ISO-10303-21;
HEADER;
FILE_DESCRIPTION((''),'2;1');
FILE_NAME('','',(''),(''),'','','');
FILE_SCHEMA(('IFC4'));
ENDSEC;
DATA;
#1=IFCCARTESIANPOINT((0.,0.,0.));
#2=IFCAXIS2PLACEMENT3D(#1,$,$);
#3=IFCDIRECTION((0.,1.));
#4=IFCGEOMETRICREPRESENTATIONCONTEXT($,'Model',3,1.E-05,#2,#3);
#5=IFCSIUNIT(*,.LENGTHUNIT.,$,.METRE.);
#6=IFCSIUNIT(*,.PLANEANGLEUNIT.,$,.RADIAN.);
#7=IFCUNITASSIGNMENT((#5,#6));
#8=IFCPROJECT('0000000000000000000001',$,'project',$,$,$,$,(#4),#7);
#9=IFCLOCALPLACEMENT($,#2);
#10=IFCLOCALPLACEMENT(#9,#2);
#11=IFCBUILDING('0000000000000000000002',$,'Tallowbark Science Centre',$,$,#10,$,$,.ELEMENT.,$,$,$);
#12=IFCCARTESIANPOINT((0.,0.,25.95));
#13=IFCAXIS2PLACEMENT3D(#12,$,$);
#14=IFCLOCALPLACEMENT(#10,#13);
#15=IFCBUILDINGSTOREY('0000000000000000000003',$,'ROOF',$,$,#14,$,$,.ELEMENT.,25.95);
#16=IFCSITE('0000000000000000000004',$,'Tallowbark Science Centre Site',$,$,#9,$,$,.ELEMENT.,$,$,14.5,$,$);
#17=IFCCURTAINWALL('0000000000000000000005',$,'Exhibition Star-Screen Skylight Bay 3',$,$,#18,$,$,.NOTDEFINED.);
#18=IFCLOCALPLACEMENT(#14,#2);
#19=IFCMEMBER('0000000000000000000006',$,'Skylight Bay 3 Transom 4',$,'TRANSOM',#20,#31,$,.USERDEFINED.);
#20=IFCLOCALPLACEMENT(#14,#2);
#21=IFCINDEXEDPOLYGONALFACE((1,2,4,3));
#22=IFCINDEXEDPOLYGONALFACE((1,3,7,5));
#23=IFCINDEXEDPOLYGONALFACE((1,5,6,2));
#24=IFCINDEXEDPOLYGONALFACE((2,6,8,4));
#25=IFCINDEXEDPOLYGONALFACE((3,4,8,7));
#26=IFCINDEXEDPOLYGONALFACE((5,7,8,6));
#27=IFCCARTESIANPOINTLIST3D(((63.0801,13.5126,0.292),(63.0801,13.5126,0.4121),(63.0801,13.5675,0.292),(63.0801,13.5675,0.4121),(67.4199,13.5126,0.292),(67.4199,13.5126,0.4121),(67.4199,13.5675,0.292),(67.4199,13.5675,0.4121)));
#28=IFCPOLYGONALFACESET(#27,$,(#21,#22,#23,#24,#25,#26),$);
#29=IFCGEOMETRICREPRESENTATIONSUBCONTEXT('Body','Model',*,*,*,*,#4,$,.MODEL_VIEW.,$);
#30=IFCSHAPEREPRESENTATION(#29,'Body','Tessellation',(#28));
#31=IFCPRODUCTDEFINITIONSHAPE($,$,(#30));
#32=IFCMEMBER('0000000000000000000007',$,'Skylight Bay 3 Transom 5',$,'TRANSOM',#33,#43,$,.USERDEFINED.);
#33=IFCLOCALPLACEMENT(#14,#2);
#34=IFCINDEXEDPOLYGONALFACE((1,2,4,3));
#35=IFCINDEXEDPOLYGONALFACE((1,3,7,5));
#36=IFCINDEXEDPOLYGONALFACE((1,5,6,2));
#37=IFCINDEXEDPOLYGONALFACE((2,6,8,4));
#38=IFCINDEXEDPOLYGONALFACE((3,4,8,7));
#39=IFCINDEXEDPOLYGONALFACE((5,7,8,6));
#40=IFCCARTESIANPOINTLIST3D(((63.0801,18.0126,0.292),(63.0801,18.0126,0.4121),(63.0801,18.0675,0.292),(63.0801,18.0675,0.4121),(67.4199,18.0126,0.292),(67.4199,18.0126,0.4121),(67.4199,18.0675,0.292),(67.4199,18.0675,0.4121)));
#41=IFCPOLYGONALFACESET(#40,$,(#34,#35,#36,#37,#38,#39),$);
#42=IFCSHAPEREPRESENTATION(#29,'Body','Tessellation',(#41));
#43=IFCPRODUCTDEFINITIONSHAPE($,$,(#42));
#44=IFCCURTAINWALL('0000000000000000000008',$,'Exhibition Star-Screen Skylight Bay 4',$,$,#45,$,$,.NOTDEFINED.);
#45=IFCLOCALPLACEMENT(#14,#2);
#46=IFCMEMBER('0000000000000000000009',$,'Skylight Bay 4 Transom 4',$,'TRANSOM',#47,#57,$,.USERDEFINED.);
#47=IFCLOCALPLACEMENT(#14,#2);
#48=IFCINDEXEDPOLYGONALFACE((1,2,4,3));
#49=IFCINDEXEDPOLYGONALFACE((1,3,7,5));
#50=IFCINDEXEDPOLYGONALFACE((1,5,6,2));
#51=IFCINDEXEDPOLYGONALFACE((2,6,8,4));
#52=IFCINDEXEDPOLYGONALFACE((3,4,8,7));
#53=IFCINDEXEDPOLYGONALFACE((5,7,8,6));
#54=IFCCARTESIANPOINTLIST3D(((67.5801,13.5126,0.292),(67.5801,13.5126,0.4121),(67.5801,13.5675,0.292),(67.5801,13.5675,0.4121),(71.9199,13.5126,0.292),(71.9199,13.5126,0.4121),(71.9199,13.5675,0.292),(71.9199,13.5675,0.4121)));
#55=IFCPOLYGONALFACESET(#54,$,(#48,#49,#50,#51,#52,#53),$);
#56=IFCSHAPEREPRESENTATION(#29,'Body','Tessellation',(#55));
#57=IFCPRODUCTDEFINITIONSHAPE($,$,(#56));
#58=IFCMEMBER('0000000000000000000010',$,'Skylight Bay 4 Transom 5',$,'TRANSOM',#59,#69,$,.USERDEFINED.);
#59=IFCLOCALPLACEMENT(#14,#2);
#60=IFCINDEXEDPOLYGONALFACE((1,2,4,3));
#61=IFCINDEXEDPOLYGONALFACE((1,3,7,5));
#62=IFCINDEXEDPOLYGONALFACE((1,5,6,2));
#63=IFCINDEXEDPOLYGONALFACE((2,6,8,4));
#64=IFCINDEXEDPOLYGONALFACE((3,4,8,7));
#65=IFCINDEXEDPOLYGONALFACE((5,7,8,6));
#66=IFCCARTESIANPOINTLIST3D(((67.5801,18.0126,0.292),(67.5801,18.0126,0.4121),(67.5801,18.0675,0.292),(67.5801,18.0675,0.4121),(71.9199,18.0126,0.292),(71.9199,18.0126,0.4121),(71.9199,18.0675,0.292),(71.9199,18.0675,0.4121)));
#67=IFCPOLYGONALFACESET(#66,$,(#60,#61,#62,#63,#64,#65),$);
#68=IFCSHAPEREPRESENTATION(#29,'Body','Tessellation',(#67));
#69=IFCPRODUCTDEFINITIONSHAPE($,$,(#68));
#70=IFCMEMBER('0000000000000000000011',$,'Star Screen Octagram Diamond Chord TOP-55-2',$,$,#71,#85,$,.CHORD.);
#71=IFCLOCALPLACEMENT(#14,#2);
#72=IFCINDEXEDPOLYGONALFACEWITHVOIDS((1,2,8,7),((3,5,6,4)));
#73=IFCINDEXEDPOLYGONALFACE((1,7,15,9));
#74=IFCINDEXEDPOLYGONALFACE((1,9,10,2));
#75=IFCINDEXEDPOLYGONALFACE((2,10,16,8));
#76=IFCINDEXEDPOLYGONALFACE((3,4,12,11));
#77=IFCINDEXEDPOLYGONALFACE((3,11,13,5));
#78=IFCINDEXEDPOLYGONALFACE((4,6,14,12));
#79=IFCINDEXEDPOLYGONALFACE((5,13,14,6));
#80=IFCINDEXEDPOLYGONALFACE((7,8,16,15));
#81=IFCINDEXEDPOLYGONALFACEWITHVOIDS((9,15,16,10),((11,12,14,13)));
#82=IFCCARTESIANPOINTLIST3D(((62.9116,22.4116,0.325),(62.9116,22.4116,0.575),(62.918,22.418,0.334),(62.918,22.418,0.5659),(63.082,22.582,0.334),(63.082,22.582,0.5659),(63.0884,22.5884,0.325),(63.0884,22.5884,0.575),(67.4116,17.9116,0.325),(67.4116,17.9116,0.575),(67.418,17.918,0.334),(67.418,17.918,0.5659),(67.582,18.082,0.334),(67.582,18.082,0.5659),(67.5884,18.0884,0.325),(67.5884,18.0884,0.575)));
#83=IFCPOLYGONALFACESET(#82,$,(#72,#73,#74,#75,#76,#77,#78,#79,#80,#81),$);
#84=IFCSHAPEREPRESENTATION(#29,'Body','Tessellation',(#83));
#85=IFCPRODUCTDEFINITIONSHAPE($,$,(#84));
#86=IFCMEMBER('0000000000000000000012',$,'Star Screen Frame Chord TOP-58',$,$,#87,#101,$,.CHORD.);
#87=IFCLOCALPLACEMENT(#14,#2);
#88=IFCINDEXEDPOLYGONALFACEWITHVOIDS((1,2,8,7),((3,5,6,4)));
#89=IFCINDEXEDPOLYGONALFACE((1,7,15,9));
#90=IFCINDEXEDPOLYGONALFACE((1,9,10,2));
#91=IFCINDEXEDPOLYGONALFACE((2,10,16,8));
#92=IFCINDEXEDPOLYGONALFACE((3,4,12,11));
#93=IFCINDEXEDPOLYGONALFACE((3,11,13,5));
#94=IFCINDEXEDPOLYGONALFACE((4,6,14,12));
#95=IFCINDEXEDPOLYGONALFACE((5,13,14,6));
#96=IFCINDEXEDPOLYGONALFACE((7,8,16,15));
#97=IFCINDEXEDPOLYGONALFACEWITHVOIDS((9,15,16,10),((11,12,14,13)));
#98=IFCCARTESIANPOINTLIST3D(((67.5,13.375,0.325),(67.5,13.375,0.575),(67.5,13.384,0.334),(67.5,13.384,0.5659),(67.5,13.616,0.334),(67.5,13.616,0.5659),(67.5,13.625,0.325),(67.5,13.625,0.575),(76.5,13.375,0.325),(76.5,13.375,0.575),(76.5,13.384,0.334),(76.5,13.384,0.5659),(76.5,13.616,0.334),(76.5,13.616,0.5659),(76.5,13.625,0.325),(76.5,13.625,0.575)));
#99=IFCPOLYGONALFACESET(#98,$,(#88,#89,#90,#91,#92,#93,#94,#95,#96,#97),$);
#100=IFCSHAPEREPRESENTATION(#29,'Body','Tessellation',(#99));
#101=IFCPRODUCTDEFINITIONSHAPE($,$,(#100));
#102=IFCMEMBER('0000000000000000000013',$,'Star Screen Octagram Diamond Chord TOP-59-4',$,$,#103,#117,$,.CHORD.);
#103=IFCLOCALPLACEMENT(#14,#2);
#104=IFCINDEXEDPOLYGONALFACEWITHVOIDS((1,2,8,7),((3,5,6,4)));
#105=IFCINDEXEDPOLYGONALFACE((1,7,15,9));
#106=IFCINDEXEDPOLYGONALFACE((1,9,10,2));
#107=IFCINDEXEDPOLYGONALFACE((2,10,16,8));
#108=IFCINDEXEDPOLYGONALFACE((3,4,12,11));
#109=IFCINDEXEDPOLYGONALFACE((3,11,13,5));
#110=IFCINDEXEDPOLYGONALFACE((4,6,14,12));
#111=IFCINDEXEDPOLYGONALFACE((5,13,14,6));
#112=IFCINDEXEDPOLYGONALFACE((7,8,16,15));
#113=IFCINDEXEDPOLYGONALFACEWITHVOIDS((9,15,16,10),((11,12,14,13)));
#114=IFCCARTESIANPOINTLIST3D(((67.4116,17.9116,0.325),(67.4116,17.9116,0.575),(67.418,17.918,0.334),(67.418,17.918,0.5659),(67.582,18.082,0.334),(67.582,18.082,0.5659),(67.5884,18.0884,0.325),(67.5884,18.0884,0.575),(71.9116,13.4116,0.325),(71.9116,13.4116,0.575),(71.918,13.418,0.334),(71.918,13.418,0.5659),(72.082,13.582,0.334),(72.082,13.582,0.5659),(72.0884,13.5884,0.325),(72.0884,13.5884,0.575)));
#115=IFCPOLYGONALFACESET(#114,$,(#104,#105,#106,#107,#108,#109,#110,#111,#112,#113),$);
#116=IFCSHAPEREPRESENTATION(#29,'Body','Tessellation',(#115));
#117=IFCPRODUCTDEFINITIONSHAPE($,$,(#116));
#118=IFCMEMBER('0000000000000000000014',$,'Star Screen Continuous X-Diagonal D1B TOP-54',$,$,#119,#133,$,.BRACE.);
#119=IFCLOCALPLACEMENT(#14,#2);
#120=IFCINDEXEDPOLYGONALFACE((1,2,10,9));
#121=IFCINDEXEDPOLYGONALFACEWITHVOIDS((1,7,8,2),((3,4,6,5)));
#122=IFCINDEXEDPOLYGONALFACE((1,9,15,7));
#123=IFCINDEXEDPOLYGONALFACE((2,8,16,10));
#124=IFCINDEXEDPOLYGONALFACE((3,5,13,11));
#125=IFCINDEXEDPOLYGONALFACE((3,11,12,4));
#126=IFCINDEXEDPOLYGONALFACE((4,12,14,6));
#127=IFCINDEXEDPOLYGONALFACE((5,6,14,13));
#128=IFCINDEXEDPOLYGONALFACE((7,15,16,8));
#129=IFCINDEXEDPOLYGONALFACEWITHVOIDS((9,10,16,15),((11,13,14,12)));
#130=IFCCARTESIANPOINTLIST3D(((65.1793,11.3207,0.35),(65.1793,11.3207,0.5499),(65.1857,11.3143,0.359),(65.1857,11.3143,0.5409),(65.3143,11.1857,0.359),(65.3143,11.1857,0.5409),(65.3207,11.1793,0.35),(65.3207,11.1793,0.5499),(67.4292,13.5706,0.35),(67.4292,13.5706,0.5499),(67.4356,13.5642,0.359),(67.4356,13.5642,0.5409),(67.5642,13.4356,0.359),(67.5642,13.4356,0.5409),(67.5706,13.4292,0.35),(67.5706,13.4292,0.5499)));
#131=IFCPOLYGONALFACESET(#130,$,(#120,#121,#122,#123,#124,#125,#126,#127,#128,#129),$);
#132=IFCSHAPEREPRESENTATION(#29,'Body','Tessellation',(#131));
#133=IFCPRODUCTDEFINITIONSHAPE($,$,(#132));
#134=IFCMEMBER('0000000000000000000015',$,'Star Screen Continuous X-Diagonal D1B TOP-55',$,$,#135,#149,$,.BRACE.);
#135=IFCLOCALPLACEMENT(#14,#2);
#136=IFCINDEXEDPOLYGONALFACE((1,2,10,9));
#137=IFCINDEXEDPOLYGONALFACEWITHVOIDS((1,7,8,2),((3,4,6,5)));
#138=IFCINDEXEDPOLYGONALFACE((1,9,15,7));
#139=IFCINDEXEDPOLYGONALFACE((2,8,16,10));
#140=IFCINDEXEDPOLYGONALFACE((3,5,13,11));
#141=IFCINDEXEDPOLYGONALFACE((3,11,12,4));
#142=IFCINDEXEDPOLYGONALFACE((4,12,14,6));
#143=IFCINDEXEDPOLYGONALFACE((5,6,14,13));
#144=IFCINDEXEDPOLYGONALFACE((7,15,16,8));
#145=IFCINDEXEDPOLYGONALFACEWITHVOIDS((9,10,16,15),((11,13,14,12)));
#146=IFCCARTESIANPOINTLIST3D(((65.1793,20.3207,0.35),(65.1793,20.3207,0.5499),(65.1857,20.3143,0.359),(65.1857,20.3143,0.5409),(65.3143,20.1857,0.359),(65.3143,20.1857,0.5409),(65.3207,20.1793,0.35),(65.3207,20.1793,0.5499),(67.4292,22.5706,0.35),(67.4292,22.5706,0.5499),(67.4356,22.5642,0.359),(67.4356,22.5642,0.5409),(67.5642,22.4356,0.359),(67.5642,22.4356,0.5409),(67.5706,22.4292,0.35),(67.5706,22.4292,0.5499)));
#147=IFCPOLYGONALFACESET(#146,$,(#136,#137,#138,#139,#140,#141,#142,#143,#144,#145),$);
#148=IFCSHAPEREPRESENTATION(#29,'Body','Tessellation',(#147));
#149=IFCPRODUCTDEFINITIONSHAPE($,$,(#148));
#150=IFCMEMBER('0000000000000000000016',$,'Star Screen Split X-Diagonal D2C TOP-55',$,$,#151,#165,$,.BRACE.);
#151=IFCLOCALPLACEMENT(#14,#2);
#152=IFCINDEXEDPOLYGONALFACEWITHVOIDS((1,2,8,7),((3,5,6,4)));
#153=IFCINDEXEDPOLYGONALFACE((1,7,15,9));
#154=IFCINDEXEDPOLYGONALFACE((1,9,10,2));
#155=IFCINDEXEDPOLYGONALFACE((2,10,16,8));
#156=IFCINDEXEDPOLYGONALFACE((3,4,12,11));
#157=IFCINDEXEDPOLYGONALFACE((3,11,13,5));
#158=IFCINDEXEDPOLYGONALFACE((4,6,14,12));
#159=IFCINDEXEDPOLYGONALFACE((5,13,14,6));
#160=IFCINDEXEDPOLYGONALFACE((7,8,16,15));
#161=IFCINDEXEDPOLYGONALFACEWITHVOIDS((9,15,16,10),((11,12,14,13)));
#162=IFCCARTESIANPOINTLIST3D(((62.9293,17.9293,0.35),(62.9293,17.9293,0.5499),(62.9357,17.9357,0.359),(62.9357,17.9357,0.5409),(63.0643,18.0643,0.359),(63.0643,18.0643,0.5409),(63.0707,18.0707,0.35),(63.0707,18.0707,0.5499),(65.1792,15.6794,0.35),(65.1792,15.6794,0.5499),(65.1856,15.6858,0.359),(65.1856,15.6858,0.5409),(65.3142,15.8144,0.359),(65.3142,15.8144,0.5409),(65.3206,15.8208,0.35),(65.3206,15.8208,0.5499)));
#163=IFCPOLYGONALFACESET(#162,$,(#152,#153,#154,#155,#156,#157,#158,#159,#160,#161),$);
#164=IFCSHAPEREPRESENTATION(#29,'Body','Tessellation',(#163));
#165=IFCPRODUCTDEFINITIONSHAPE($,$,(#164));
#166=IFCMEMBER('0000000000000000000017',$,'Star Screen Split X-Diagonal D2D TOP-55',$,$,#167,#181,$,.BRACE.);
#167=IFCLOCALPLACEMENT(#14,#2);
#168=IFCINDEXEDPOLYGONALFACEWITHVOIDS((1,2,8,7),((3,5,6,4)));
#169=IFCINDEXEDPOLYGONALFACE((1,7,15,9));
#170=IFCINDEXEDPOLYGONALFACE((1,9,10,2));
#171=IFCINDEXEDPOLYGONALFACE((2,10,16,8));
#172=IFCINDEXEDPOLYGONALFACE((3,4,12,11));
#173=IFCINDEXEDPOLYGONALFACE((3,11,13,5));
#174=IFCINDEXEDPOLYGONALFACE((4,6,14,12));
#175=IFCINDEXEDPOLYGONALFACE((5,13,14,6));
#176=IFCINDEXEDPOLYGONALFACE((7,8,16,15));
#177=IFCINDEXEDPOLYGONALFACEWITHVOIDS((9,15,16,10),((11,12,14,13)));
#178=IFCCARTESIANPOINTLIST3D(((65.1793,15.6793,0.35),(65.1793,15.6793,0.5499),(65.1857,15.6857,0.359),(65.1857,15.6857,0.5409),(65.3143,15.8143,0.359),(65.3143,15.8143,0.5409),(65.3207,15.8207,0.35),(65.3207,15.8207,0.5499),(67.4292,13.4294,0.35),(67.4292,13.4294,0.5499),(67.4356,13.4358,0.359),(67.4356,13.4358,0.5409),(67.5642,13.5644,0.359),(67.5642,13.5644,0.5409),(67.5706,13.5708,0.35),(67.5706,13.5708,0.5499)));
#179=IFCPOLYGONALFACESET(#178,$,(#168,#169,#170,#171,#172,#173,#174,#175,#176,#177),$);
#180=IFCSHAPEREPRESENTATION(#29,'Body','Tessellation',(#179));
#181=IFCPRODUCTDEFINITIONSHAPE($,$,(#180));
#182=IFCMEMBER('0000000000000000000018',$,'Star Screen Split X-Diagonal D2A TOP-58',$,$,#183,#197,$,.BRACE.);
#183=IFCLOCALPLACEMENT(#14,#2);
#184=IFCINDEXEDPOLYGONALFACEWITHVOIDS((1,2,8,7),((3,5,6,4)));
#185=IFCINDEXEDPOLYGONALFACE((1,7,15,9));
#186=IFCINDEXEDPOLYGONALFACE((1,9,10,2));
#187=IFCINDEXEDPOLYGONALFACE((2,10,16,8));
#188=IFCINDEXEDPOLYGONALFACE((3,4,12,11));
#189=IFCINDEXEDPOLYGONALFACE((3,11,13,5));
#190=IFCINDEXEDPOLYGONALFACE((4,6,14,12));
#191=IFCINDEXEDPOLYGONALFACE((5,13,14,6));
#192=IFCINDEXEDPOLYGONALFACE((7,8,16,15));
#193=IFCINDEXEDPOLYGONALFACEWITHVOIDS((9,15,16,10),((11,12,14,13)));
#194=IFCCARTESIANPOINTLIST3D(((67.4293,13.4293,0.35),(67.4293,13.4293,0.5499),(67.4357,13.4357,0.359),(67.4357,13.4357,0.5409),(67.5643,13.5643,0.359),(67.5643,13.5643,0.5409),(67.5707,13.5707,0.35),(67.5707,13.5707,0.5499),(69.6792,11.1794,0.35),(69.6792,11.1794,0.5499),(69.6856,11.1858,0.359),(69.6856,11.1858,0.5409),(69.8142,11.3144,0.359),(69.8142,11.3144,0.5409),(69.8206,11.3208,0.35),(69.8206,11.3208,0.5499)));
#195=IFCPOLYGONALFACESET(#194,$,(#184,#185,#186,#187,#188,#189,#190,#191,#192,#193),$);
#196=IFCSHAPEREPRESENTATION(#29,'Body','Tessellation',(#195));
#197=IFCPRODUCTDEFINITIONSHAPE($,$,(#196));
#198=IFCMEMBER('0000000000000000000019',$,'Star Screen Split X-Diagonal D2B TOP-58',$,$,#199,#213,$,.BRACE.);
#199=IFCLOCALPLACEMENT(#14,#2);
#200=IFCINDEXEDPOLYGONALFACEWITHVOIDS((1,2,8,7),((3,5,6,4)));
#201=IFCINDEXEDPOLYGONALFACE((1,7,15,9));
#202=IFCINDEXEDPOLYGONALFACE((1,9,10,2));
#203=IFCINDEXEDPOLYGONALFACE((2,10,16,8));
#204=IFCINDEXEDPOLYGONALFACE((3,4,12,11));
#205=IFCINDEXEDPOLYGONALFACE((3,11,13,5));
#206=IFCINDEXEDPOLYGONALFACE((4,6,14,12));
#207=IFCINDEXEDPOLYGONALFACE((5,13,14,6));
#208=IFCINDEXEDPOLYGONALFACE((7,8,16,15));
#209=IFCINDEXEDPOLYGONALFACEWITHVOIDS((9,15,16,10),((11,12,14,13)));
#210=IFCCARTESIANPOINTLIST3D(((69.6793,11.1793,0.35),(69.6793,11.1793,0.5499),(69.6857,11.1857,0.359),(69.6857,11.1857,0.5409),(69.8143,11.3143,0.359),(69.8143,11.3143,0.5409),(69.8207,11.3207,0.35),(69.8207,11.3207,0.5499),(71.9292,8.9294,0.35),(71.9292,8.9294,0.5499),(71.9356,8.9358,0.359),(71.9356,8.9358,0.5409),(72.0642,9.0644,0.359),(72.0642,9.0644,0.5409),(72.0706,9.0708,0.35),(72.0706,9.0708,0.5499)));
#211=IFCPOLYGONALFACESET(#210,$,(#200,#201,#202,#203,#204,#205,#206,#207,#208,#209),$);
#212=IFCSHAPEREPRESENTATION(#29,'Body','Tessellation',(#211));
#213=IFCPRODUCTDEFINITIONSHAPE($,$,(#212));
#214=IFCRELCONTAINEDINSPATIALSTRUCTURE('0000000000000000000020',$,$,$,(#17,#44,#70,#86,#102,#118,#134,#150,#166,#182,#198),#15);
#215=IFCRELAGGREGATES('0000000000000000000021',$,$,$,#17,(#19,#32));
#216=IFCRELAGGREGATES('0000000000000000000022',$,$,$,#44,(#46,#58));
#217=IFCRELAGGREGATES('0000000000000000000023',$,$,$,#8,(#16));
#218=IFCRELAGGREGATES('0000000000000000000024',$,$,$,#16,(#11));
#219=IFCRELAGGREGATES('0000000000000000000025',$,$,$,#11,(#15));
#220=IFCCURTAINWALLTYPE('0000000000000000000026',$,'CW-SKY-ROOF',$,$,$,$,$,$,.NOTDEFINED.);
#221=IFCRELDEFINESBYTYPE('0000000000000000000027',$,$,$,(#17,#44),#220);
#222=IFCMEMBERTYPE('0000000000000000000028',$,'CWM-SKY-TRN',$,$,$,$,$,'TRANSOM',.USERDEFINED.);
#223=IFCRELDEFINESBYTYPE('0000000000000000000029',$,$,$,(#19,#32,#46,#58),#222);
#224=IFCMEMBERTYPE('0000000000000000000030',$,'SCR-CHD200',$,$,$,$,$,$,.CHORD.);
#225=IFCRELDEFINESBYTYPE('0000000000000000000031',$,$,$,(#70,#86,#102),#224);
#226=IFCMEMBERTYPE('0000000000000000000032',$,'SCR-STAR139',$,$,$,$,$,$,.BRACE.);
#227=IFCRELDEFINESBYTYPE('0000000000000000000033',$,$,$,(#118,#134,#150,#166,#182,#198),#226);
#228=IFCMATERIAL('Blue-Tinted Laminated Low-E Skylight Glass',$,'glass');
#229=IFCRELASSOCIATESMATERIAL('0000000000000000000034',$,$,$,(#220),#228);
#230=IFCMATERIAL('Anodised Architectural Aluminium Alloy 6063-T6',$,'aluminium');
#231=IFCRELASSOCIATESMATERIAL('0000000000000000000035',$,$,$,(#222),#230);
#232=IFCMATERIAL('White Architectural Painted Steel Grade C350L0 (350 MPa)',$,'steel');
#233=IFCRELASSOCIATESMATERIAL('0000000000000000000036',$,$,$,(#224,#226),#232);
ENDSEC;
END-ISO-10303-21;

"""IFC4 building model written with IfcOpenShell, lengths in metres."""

from ifc_helpers import new_model, si_unit, direction, frame, origin, origin_2d, place, context, subcontext, project, spatial, rectangle, hollow_rectangle, extrude, material, material_profile, profile_set, type_object, element, aggregate, save


model = new_model("IFC4")

# Units and contexts
model_context = context("Model", 3, precision=1e-05, world=origin(), true_north=direction((0.0, 1.0)))
body_context = subcontext(model_context, "Body", "Model", "MODEL_VIEW")
ifc_project = project(units=[si_unit("LENGTHUNIT", "METRE"), si_unit("PLANEANGLEUNIT", "RADIAN")], contexts=[model_context])

# Site, building, storey
site_placement = place(None, origin())
site = spatial("IfcSite", under=ifc_project, at=site_placement, Name="Tallowbark Science Centre Site", CompositionType="ELEMENT", RefElevation=14.5)
building_placement = place(site_placement, origin())
building = spatial("IfcBuilding", under=site, at=building_placement, Name="Tallowbark Science Centre", CompositionType="ELEMENT")
storey_placement = place(building_placement, frame((0.0, 0.0, 25.95)))
storey = spatial("IfcBuildingStorey", under=building, at=storey_placement, Name="ROOF", CompositionType="ELEMENT", Elevation=25.95)

# Curtain walls, members
ifc_material_1 = material(Name="Blue-Tinted Laminated Low-E Skylight Glass", Category="glass")
curtain_wall_type = type_object("IfcCurtainWallType", Name="CW-SKY-ROOF", PredefinedType="NOTDEFINED", material=ifc_material_1)
curtain_wall_1_placement = place(storey_placement, origin())
curtain_wall_1 = element("IfcCurtainWall", 1, at=curtain_wall_1_placement, inside=storey, type_object=curtain_wall_type, Name="Exhibition Star-Screen Skylight Bay 3", PredefinedType="NOTDEFINED")
ifc_material_2 = material(Name="Anodised Architectural Aluminium Alloy 6063-T6", Category="aluminium")
ifc_material_profile_1 = material_profile(ifc_material_2, rectangle(XDim=0.0549, YDim=0.1201, at=origin_2d()), Name="ALU55x120")
ifc_profile_set_1 = profile_set([ifc_material_profile_1], Name="Anodised Architectural Aluminium Alloy 6063-T6")
member_type_1 = type_object("IfcMemberType", Name="CWM-SKY-TRN", ElementType="TRANSOM", PredefinedType="USERDEFINED", material=ifc_profile_set_1)
member_1_placement = place(storey_placement, frame((63.0801, 13.54, 0.3521), z_axis=(1.0, 0.0, 0.0), x_axis=(0.0, 1.0, 0.0)))
member_1 = element("IfcMember", 2, at=member_1_placement, type_object=member_type_1, Name="Skylight Bay 3 Transom 4", ObjectType="TRANSOM", PredefinedType="USERDEFINED", context=body_context, shape_type="SweptSolid", body=[
    extrude(rectangle(XDim=0.0549, YDim=0.1201, at=origin_2d()), origin(), (0.0, 0.0, 1.0), 4.3398),
])
member_2_placement = place(storey_placement, frame((63.0801, 18.04, 0.3521), z_axis=(1.0, 0.0, 0.0), x_axis=(0.0, 1.0, 0.0)))
member_2 = element("IfcMember", 3, at=member_2_placement, type_object=member_type_1, Name="Skylight Bay 3 Transom 5", ObjectType="TRANSOM", PredefinedType="USERDEFINED", context=body_context, shape_type="SweptSolid", body=[
    extrude(rectangle(XDim=0.0549, YDim=0.1201, at=origin_2d()), origin(), (0.0, 0.0, 1.0), 4.3398),
])
curtain_wall_2_placement = place(storey_placement, origin())
curtain_wall_2 = element("IfcCurtainWall", 4, at=curtain_wall_2_placement, inside=storey, type_object=curtain_wall_type, Name="Exhibition Star-Screen Skylight Bay 4", PredefinedType="NOTDEFINED")
member_3_placement = place(storey_placement, frame((67.5801, 13.54, 0.3521), z_axis=(1.0, 0.0, 0.0), x_axis=(0.0, 1.0, 0.0)))
member_3 = element("IfcMember", 5, at=member_3_placement, type_object=member_type_1, Name="Skylight Bay 4 Transom 4", ObjectType="TRANSOM", PredefinedType="USERDEFINED", context=body_context, shape_type="SweptSolid", body=[
    extrude(rectangle(XDim=0.0549, YDim=0.1201, at=origin_2d()), origin(), (0.0, 0.0, 1.0), 4.3398),
])
member_4_placement = place(storey_placement, frame((67.5801, 18.04, 0.3521), z_axis=(1.0, 0.0, 0.0), x_axis=(0.0, 1.0, 0.0)))
member_4 = element("IfcMember", 6, at=member_4_placement, type_object=member_type_1, Name="Skylight Bay 4 Transom 5", ObjectType="TRANSOM", PredefinedType="USERDEFINED", context=body_context, shape_type="SweptSolid", body=[
    extrude(rectangle(XDim=0.0549, YDim=0.1201, at=origin_2d()), origin(), (0.0, 0.0, 1.0), 4.3398),
])

# Members
ifc_material_3 = material(Name="White Architectural Painted Steel Grade C350L0 (350 MPa)", Category="steel")
ifc_material_profile_2 = material_profile(ifc_material_3, hollow_rectangle(XDim=0.25, YDim=0.25, WallThickness=0.009, at=origin_2d()), Name="250x250x9.0SHS")
ifc_profile_set_2 = profile_set([ifc_material_profile_2], Name="White Architectural Painted Steel Grade C350L0 (350 MPa)")
member_type_2 = type_object("IfcMemberType", Name="SCR-CHD200", PredefinedType="CHORD", material=ifc_profile_set_2)
member_5_placement = place(storey_placement, frame((67.5, 18.0, 0.45), z_axis=(-0.707107, 0.707107, 0.0), x_axis=(-0.707107, -0.707107, 0.0)))
element("IfcMember", 7, at=member_5_placement, inside=storey, type_object=member_type_2, Name="Star Screen Octagram Diamond Chord TOP-55-2", PredefinedType="CHORD", context=body_context, shape_type="SweptSolid", body=[
    extrude(hollow_rectangle(XDim=0.25, YDim=0.25, WallThickness=0.009, at=origin_2d()), origin(), (0.0, 0.0, 1.0), 6.364),
])
member_6_placement = place(storey_placement, frame((67.5, 13.5, 0.45), z_axis=(1.0, 0.0, 0.0), x_axis=(0.0, 1.0, 0.0)))
element("IfcMember", 8, at=member_6_placement, inside=storey, type_object=member_type_2, Name="Star Screen Frame Chord TOP-58", PredefinedType="CHORD", context=body_context, shape_type="SweptSolid", body=[
    extrude(hollow_rectangle(XDim=0.25, YDim=0.25, WallThickness=0.009, at=origin_2d()), origin(), (0.0, 0.0, 1.0), 9.0),
])
member_7_placement = place(storey_placement, frame((67.5, 18.0, 0.45), z_axis=(0.707107, -0.707107, 0.0), x_axis=(0.707107, 0.707107, 0.0)))
element("IfcMember", 9, at=member_7_placement, inside=storey, type_object=member_type_2, Name="Star Screen Octagram Diamond Chord TOP-59-4", PredefinedType="CHORD", context=body_context, shape_type="SweptSolid", body=[
    extrude(hollow_rectangle(XDim=0.25, YDim=0.25, WallThickness=0.009, at=origin_2d()), origin(), (0.0, 0.0, 1.0), 6.364),
])
ifc_material_profile_3 = material_profile(ifc_material_3, hollow_rectangle(XDim=0.2, YDim=0.2, WallThickness=0.009, at=origin_2d()), Name="200x200x9.0SHS")
ifc_profile_set_3 = profile_set([ifc_material_profile_3], Name="White Architectural Painted Steel Grade C350L0 (350 MPa)")
member_type_3 = type_object("IfcMemberType", Name="SCR-STAR139", PredefinedType="BRACE", material=ifc_profile_set_3)
for number, where, z_axis, x_axis, name in (
    (10, (65.25, 11.25, 0.45), (0.707107, 0.707107, 0.0), (-0.707107, 0.707107, 0.0), "Star Screen Continuous X-Diagonal D1B TOP-54"),
    (11, (65.25, 20.25, 0.45), (0.707107, 0.707107, 0.0), (-0.707107, 0.707107, 0.0), "Star Screen Continuous X-Diagonal D1B TOP-55"),
    (12, (63.0, 18.0, 0.45), (0.707107, -0.707107, 0.0), (0.707107, 0.707107, 0.0), "Star Screen Split X-Diagonal D2C TOP-55"),
    (13, (65.25, 15.75, 0.45), (0.707107, -0.707107, 0.0), (0.707107, 0.707107, 0.0), "Star Screen Split X-Diagonal D2D TOP-55"),
    (14, (67.5, 13.5, 0.45), (0.707107, -0.707107, 0.0), (0.707107, 0.707107, 0.0), "Star Screen Split X-Diagonal D2A TOP-58"),
    (15, (69.75, 11.25, 0.45), (0.707107, -0.707107, 0.0), (0.707107, 0.707107, 0.0), "Star Screen Split X-Diagonal D2B TOP-58"),
):
    element("IfcMember", number, at=place(storey_placement, frame(where, z_axis=z_axis, x_axis=x_axis)), inside=storey, type_object=member_type_3, Name=name, PredefinedType="BRACE", context=body_context, shape_type="SweptSolid", body=[
        extrude(hollow_rectangle(XDim=0.2, YDim=0.2, WallThickness=0.009, at=origin_2d()), origin(), (0.0, 0.0, 1.0), 3.1819),
    ])

aggregate(curtain_wall_1, [member_1, member_2])
aggregate(curtain_wall_2, [member_3, member_4])

save(model, "model.ifc")
